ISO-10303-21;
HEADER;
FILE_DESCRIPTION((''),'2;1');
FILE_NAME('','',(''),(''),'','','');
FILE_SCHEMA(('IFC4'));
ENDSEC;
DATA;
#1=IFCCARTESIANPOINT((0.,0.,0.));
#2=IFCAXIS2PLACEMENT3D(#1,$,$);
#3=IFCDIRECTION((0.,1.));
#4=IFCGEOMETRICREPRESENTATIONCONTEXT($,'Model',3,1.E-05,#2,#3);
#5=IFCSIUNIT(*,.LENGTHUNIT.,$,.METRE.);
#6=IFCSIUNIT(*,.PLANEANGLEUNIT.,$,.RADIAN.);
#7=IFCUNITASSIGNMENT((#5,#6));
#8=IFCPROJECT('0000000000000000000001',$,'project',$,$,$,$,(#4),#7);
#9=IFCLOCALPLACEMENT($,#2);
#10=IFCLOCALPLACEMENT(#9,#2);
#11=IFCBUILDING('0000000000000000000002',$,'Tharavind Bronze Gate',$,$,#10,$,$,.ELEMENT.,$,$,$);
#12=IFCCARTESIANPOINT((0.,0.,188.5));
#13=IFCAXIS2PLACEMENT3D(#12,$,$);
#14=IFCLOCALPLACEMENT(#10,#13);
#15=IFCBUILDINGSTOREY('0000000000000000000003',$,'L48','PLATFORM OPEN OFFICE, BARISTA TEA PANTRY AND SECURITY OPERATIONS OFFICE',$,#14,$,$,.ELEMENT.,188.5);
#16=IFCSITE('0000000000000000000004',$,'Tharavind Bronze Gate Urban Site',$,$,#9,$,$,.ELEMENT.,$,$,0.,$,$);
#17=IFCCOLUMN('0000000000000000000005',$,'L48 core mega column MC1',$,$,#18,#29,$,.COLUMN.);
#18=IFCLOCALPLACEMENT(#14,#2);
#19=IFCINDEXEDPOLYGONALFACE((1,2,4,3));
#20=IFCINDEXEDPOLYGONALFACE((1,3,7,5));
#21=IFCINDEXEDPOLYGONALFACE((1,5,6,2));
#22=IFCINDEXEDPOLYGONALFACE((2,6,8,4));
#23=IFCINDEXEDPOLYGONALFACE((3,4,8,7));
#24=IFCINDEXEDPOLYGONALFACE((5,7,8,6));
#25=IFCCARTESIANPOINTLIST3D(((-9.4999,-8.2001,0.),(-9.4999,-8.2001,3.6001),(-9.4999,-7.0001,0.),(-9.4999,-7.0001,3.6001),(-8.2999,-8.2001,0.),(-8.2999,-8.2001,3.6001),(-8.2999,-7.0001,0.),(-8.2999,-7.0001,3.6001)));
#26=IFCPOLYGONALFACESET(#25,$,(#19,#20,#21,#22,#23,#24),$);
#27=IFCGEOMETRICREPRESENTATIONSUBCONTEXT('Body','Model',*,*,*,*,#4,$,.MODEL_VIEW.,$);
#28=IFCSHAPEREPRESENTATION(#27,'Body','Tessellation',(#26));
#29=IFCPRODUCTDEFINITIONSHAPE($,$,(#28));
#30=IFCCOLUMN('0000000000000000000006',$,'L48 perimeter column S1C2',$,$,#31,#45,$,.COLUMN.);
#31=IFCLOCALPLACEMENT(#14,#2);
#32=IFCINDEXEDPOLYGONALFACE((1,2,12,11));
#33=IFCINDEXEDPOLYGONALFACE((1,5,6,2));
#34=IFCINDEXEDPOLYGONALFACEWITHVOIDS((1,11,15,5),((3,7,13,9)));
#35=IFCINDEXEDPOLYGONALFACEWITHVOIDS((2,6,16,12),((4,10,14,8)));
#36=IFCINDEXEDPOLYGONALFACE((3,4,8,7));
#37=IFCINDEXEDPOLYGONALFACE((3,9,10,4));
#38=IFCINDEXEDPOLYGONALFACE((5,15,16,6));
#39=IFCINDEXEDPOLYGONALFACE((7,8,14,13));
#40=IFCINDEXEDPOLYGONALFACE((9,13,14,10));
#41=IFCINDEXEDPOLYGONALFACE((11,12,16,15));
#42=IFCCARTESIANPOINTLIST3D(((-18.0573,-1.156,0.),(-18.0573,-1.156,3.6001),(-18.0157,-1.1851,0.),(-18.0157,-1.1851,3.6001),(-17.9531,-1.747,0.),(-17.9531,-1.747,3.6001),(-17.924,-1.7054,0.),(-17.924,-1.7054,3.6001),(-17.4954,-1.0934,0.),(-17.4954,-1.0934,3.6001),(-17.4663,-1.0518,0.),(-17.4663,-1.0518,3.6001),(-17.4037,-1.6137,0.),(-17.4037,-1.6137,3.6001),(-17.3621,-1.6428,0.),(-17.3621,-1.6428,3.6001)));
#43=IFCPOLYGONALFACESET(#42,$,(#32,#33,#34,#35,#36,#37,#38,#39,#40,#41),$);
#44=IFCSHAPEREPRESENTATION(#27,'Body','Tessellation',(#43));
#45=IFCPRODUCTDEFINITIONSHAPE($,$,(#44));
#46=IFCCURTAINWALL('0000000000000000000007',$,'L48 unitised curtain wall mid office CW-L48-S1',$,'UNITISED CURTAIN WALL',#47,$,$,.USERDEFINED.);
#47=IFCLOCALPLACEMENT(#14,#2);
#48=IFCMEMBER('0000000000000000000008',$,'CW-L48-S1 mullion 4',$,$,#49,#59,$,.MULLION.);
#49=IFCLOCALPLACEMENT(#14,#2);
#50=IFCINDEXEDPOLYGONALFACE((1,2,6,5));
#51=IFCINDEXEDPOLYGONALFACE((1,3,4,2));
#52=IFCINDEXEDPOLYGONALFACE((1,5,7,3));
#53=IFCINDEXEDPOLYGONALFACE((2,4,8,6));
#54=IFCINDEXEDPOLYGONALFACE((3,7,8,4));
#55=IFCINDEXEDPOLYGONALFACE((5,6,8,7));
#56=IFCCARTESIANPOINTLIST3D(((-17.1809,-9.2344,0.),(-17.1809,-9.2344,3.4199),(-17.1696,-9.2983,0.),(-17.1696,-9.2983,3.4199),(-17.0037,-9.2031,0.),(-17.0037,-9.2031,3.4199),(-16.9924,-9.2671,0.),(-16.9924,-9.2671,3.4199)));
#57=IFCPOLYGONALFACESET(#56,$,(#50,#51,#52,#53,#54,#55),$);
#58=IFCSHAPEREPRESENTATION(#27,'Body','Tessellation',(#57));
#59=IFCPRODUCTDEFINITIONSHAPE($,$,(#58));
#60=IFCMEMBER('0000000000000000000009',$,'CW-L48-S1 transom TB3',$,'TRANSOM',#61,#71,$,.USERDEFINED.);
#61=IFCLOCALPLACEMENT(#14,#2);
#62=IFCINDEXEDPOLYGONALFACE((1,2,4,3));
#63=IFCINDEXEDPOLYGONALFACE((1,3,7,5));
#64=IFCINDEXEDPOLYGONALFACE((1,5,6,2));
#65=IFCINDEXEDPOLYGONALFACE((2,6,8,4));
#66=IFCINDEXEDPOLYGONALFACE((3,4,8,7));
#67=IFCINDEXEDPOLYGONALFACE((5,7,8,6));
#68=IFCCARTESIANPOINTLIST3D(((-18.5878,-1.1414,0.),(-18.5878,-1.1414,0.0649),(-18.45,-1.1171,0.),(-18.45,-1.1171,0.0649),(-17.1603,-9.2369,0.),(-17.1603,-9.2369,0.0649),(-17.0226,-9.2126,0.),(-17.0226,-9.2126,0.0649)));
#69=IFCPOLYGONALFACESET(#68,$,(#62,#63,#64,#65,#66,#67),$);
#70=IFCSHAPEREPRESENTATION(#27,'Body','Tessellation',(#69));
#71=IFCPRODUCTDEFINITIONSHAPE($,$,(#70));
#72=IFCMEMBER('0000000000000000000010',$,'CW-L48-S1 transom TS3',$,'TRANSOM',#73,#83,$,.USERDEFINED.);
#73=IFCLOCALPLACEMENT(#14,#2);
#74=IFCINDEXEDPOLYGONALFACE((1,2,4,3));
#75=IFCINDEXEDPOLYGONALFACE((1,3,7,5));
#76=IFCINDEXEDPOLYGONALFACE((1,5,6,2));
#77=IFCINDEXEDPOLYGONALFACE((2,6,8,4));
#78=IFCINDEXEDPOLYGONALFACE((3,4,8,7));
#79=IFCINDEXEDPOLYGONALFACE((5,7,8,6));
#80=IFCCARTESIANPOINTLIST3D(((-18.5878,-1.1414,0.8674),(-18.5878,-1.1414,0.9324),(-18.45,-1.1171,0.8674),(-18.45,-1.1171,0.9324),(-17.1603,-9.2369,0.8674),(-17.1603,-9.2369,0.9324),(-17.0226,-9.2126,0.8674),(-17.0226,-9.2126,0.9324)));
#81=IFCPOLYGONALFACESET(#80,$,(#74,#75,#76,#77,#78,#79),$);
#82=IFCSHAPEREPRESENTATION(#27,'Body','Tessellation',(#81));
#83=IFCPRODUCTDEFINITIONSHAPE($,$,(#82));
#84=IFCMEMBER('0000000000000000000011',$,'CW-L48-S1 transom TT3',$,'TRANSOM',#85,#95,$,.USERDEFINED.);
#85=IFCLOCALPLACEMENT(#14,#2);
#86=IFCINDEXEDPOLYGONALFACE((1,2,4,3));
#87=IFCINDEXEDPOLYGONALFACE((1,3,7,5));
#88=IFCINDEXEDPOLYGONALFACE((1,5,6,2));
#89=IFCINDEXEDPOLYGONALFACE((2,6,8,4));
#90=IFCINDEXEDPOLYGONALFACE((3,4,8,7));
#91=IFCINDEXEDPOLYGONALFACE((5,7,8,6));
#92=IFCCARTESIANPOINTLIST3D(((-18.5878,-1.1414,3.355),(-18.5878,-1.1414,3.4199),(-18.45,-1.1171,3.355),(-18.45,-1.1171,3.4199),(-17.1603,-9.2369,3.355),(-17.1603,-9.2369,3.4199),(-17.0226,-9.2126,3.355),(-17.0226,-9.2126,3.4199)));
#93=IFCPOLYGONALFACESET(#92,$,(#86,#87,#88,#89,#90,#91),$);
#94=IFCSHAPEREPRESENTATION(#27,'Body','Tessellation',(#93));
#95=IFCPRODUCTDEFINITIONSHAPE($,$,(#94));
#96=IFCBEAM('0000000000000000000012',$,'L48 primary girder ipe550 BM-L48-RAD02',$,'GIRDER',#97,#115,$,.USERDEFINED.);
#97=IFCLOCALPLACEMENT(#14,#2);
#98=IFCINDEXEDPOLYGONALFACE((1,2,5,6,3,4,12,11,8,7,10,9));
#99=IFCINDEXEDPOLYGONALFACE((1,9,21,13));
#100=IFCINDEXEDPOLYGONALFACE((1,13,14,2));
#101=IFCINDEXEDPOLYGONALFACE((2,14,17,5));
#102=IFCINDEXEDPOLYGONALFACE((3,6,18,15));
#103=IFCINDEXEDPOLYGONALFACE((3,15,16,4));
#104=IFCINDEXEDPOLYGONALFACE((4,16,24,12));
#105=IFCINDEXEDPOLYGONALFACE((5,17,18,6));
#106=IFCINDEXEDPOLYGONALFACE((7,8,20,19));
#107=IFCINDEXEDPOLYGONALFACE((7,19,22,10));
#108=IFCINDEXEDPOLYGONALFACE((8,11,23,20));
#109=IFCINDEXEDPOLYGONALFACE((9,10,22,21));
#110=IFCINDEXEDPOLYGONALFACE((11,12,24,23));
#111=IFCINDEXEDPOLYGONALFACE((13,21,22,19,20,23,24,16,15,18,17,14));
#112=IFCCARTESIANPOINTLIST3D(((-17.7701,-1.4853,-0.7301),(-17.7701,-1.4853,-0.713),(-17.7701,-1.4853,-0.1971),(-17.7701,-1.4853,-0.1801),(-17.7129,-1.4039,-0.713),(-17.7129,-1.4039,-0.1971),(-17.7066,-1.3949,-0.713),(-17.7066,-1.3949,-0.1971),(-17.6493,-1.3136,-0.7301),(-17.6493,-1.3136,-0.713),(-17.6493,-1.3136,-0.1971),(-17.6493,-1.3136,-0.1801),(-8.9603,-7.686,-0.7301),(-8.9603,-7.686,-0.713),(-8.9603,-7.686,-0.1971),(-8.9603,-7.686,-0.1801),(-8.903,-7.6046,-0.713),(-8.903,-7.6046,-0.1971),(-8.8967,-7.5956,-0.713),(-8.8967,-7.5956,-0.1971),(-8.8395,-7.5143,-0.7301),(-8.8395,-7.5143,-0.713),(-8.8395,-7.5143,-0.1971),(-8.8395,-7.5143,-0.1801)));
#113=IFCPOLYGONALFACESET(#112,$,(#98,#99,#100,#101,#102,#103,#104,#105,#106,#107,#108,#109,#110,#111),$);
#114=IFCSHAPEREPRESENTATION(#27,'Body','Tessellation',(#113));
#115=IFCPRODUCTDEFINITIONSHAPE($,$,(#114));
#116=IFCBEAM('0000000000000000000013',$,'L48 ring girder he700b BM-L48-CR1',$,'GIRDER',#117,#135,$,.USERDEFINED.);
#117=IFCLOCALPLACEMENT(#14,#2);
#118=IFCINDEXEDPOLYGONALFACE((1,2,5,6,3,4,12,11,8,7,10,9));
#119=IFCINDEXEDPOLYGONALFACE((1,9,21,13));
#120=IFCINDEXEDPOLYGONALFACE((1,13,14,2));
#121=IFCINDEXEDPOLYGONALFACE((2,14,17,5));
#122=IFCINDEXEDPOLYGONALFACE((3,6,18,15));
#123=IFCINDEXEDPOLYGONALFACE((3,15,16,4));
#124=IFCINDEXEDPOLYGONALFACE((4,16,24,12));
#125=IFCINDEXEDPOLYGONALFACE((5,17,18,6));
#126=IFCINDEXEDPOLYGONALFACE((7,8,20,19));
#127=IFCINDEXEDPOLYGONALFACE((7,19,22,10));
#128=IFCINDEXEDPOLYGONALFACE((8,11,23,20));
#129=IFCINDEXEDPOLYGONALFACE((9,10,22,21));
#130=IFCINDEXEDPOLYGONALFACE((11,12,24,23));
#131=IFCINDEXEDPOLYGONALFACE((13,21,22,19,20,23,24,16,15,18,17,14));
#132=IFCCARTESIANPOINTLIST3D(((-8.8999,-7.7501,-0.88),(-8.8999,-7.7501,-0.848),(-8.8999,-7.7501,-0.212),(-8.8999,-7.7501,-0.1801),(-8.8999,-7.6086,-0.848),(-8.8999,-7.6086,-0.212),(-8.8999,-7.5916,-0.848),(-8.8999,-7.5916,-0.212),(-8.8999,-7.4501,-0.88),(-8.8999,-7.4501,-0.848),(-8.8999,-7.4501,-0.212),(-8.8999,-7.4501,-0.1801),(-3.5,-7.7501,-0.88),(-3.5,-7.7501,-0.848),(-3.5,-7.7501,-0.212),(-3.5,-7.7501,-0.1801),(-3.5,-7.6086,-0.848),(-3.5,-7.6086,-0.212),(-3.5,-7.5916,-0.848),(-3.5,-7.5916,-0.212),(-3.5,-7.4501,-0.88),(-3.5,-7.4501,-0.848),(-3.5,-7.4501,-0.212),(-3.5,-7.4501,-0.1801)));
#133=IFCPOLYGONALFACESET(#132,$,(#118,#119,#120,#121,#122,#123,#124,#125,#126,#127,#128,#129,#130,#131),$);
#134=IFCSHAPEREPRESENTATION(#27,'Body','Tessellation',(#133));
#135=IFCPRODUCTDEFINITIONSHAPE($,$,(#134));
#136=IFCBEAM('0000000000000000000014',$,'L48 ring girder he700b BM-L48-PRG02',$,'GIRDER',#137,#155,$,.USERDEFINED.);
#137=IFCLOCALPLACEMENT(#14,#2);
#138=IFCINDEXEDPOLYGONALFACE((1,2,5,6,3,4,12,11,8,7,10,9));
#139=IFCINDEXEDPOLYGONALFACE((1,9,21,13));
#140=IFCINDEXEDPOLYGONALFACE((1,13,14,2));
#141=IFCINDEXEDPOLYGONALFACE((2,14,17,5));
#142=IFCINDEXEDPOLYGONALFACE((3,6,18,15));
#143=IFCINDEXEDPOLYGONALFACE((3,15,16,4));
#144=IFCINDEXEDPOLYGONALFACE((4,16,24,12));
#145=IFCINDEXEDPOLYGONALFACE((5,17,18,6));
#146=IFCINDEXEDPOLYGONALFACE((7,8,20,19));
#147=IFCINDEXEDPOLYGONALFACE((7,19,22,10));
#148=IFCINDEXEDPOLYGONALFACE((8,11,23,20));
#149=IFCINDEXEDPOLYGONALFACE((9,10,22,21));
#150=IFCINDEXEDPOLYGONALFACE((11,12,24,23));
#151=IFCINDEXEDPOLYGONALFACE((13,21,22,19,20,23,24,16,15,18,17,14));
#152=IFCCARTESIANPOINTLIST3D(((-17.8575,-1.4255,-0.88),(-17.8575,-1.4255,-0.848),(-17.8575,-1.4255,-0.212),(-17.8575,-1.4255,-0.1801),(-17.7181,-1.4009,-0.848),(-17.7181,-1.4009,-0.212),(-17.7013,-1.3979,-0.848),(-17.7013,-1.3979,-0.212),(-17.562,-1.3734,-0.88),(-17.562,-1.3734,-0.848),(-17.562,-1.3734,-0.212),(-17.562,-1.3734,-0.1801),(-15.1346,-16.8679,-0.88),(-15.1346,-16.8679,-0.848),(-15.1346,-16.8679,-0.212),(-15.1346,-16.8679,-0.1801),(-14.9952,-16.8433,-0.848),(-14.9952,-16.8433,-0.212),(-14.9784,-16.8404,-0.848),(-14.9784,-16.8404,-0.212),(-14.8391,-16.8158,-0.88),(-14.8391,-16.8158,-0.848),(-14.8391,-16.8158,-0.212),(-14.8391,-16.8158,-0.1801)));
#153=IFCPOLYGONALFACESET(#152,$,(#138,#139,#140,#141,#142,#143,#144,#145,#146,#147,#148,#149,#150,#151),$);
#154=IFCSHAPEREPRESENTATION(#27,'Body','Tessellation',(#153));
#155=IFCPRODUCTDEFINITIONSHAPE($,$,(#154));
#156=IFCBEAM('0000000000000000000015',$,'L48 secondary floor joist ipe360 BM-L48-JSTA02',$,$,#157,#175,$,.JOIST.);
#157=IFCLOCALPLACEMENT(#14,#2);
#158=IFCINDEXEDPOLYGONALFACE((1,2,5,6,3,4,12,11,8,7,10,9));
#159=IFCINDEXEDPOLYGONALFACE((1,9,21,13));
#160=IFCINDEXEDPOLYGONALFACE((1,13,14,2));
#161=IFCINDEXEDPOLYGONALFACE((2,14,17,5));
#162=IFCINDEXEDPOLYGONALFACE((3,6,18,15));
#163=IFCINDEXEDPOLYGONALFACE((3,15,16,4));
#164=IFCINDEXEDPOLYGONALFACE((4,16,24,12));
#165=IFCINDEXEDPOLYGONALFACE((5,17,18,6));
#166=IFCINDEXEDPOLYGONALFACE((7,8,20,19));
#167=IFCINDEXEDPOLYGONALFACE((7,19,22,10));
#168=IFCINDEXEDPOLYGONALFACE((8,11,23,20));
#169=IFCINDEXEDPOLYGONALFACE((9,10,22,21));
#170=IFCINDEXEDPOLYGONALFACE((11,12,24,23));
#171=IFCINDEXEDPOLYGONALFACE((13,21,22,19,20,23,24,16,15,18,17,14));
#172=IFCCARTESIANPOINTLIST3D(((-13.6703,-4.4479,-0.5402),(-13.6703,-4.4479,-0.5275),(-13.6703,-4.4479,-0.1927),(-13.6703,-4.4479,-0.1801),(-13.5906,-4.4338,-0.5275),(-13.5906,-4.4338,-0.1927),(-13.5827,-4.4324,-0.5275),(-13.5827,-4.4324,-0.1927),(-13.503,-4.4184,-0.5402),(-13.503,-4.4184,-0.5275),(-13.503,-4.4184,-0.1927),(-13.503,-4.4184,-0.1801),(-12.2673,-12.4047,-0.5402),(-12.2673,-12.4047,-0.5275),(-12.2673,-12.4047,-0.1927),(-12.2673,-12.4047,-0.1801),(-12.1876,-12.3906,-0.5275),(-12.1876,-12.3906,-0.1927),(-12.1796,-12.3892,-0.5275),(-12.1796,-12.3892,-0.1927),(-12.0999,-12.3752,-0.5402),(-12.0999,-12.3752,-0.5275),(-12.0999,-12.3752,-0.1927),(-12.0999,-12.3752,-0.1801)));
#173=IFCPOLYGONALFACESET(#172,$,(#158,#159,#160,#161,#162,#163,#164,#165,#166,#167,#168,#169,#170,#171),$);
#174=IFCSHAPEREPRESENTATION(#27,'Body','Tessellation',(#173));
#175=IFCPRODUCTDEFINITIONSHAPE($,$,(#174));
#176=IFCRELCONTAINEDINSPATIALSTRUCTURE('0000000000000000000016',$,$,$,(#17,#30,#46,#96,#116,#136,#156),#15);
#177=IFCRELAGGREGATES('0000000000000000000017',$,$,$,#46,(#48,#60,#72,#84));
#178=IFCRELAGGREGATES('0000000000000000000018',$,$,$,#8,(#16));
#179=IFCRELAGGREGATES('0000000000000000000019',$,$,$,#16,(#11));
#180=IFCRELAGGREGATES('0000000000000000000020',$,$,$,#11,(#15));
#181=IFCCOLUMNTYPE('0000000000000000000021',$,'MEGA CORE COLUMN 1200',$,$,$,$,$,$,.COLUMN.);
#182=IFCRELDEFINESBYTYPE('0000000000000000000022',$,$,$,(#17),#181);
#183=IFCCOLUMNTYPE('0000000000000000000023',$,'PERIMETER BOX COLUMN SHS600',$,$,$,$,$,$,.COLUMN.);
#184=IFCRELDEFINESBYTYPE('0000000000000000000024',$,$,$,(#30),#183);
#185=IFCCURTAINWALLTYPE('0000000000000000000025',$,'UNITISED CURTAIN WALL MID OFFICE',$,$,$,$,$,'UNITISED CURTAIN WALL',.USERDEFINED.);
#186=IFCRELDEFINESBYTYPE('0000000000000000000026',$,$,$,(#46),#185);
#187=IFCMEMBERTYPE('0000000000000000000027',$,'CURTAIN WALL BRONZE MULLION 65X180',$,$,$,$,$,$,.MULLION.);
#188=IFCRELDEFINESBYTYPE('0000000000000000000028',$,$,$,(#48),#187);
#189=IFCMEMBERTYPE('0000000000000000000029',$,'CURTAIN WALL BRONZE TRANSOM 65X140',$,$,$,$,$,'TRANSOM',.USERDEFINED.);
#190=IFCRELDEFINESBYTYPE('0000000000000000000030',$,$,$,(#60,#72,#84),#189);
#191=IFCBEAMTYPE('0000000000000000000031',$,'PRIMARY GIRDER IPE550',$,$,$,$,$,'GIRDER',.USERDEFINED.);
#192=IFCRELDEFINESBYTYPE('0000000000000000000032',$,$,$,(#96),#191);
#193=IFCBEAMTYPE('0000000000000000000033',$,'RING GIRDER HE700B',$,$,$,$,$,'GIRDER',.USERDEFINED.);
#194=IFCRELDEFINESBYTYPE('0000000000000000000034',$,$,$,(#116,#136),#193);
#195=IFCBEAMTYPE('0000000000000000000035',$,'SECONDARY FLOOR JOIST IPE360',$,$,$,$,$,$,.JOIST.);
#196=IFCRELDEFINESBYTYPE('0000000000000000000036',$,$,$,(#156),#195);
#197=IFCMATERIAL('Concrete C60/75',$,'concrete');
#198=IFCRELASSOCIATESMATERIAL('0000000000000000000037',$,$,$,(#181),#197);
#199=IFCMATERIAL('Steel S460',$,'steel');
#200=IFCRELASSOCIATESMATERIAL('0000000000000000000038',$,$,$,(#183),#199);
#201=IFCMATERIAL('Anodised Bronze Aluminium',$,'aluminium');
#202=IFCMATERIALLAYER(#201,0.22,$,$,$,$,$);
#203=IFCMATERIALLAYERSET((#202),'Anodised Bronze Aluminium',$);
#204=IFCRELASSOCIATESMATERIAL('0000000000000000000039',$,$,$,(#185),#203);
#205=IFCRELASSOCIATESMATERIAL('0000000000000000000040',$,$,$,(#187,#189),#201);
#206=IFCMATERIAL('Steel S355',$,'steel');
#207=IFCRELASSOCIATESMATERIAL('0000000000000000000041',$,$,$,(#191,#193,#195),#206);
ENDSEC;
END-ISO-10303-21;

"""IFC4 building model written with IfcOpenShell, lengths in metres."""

from ifc_helpers import new_model, si_unit, direction, frame, origin, origin_2d, place, context, subcontext, project, spatial, rectangle, hollow_rectangle, i_section, extrude, material, layer, layer_set, material_profile, profile_set, type_object, element, aggregate, save


model = new_model("IFC4")

# Units and contexts
model_context = context("Model", 3, precision=1e-05, world=origin(), true_north=direction((0.0, 1.0)))
body_context = subcontext(model_context, "Body", "Model", "MODEL_VIEW")
ifc_project = project(units=[si_unit("LENGTHUNIT", "METRE"), si_unit("PLANEANGLEUNIT", "RADIAN")], contexts=[model_context])

# Site, building, storey
site_placement = place(None, origin())
site = spatial("IfcSite", under=ifc_project, at=site_placement, Name="Tharavind Bronze Gate Urban Site", CompositionType="ELEMENT", RefElevation=0.0)
building_placement = place(site_placement, origin())
building = spatial("IfcBuilding", under=site, at=building_placement, Name="Tharavind Bronze Gate", CompositionType="ELEMENT")
storey_placement = place(building_placement, frame((0.0, 0.0, 188.5)))
storey = spatial("IfcBuildingStorey", under=building, at=storey_placement, Name="L48", Description="PLATFORM OPEN OFFICE, BARISTA TEA PANTRY AND SECURITY OPERATIONS OFFICE", CompositionType="ELEMENT", Elevation=188.5)

# Columns
ifc_material_1 = material(Name="Concrete C60/75", Category="concrete")
ifc_material_profile_1 = material_profile(ifc_material_1, rectangle(XDim=1.2, YDim=1.2, at=origin_2d()), Name="RCCOL1200")
ifc_profile_set_1 = profile_set([ifc_material_profile_1], Name="Concrete C60/75")
column_type_1 = type_object("IfcColumnType", Name="MEGA CORE COLUMN 1200", PredefinedType="COLUMN", material=ifc_profile_set_1)
column_1_placement = place(storey_placement, frame((-8.8999, -7.6001, 0.0), z_axis=(0.0, 0.0, 1.0), x_axis=(1.0, 0.0, 0.0)))
element("IfcColumn", 1, at=column_1_placement, inside=storey, type_object=column_type_1, Name="L48 core mega column MC1", PredefinedType="COLUMN", context=body_context, shape_type="SweptSolid", body=[
    extrude(rectangle(XDim=1.2, YDim=1.2, at=origin_2d()), origin(), (0.0, 0.0, 1.0), 3.6001),
])
ifc_material_2 = material(Name="Steel S460", Category="steel")
ifc_material_profile_2 = material_profile(ifc_material_2, hollow_rectangle(XDim=0.6001, YDim=0.6001, WallThickness=0.0359, at=origin_2d()), Name="SHS600X36")
ifc_profile_set_2 = profile_set([ifc_material_profile_2], Name="Steel S460")
column_type_2 = type_object("IfcColumnType", Name="PERIMETER BOX COLUMN SHS600", PredefinedType="COLUMN", material=ifc_profile_set_2)
column_2_placement = place(storey_placement, frame((-17.7097, -1.3994, 0.0), z_axis=(0.0, 0.0, 1.0), x_axis=(-0.173648, 0.984808, 0.0)))
element("IfcColumn", 2, at=column_2_placement, inside=storey, type_object=column_type_2, Name="L48 perimeter column S1C2", PredefinedType="COLUMN", context=body_context, shape_type="SweptSolid", body=[
    extrude(hollow_rectangle(XDim=0.6001, YDim=0.6001, WallThickness=0.0359, at=origin_2d()), origin(), (0.0, 0.0, 1.0), 3.6001),
])

# Curtain wall, members
ifc_material_3 = material(Name="Anodised Bronze Aluminium", Category="aluminium")
ifc_layer_1 = layer(ifc_material_3, 0.22)
ifc_layer_set_1 = layer_set([ifc_layer_1], Name="Anodised Bronze Aluminium")
curtain_wall_type = type_object("IfcCurtainWallType", Name="UNITISED CURTAIN WALL MID OFFICE", ElementType="UNITISED CURTAIN WALL", PredefinedType="USERDEFINED", material=ifc_layer_set_1)
curtain_wall_placement = place(storey_placement, origin())
curtain_wall = element("IfcCurtainWall", 3, at=curtain_wall_placement, inside=storey, type_object=curtain_wall_type, Name="L48 unitised curtain wall mid office CW-L48-S1", ObjectType="UNITISED CURTAIN WALL", PredefinedType="USERDEFINED")
member_type_1 = type_object("IfcMemberType", Name="CURTAIN WALL BRONZE MULLION 65X180", PredefinedType="MULLION", material=ifc_material_3)
member_1_placement = place(storey_placement, frame((-17.0867, -9.2507, 0.0), z_axis=(0.0, 0.0, 1.0), x_axis=(0.173648, -0.984808, 0.0)))
member_1 = element("IfcMember", 4, at=member_1_placement, type_object=member_type_1, Name="CW-L48-S1 mullion 4", PredefinedType="MULLION", context=body_context, shape_type="SweptSolid", body=[
    extrude(rectangle(XDim=0.0649, YDim=0.1799, at=origin_2d()), origin(), (0.0, 0.0, 1.0), 3.4199),
])
member_type_2 = type_object("IfcMemberType", Name="CURTAIN WALL BRONZE TRANSOM 65X140", ElementType="TRANSOM", PredefinedType="USERDEFINED", material=ifc_material_3)
member_2_placement = place(storey_placement, frame((-17.8052, -5.177, 0.0), z_axis=(0.0, 0.0, 1.0), x_axis=(0.173648, -0.984808, 0.0)))
member_2 = element("IfcMember", 5, at=member_2_placement, type_object=member_type_2, Name="CW-L48-S1 transom TB3", ObjectType="TRANSOM", PredefinedType="USERDEFINED", context=body_context, shape_type="SweptSolid", body=[
    extrude(rectangle(XDim=8.2205, YDim=0.1399, at=origin_2d()), origin(), (0.0, 0.0, 1.0), 0.0649),
])
member_3_placement = place(storey_placement, frame((-17.8052, -5.177, 0.8674), z_axis=(0.0, 0.0, 1.0), x_axis=(0.173648, -0.984808, 0.0)))
member_3 = element("IfcMember", 6, at=member_3_placement, type_object=member_type_2, Name="CW-L48-S1 transom TS3", ObjectType="TRANSOM", PredefinedType="USERDEFINED", context=body_context, shape_type="SweptSolid", body=[
    extrude(rectangle(XDim=8.2205, YDim=0.1399, at=origin_2d()), origin(), (0.0, 0.0, 1.0), 0.0649),
])
member_4_placement = place(storey_placement, frame((-17.8052, -5.177, 3.355), z_axis=(0.0, 0.0, 1.0), x_axis=(0.173648, -0.984808, 0.0)))
member_4 = element("IfcMember", 7, at=member_4_placement, type_object=member_type_2, Name="CW-L48-S1 transom TT3", ObjectType="TRANSOM", PredefinedType="USERDEFINED", context=body_context, shape_type="SweptSolid", body=[
    extrude(rectangle(XDim=8.2205, YDim=0.1399, at=origin_2d()), origin(), (0.0, 0.0, 1.0), 0.0649),
])

# Beams
ifc_material_4 = material(Name="Steel S355", Category="steel")
ifc_material_profile_3 = material_profile(ifc_material_4, i_section(OverallWidth=0.21, OverallDepth=0.55, WebThickness=0.011, FlangeThickness=0.0171, at=origin_2d()), Name="IPE550")
ifc_profile_set_3 = profile_set([ifc_material_profile_3], Name="Steel S355")
beam_type_1 = type_object("IfcBeamType", Name="PRIMARY GIRDER IPE550", ElementType="GIRDER", PredefinedType="USERDEFINED", material=ifc_profile_set_3)
beam_1_placement = place(storey_placement, frame((-17.7097, -1.3994, -0.4551), z_axis=(0.817755, -0.575567, 0.0), x_axis=(0.575567, 0.817755, 0.0)))
element("IfcBeam", 8, at=beam_1_placement, inside=storey, type_object=beam_type_1, Name="L48 primary girder ipe550 BM-L48-RAD02", ObjectType="GIRDER", PredefinedType="USERDEFINED", context=body_context, shape_type="SweptSolid", body=[
    extrude(i_section(OverallWidth=0.21, OverallDepth=0.55, WebThickness=0.011, FlangeThickness=0.0171, at=origin_2d()), origin(), (0.0, 0.0, 1.0), 10.7732),
])
ifc_material_profile_4 = material_profile(ifc_material_4, i_section(OverallWidth=0.3, OverallDepth=0.7, WebThickness=0.0171, FlangeThickness=0.032, at=origin_2d()), Name="HE700B")
ifc_profile_set_4 = profile_set([ifc_material_profile_4], Name="Steel S355")
beam_type_2 = type_object("IfcBeamType", Name="RING GIRDER HE700B", ElementType="GIRDER", PredefinedType="USERDEFINED", material=ifc_profile_set_4)
beam_2_placement = place(storey_placement, frame((-8.8999, -7.6001, -0.53), z_axis=(1.0, 0.0, 0.0), x_axis=(0.0, 1.0, 0.0)))
element("IfcBeam", 9, at=beam_2_placement, inside=storey, type_object=beam_type_2, Name="L48 ring girder he700b BM-L48-CR1", ObjectType="GIRDER", PredefinedType="USERDEFINED", context=body_context, shape_type="SweptSolid", body=[
    extrude(i_section(OverallWidth=0.3, OverallDepth=0.7, WebThickness=0.0171, FlangeThickness=0.032, at=origin_2d()), origin(), (0.0, 0.0, 1.0), 5.3999),
])
beam_3_placement = place(storey_placement, frame((-17.7097, -1.3994, -0.53), z_axis=(0.173648, -0.984808, 0.0), x_axis=(0.984808, 0.173648, 0.0)))
element("IfcBeam", 10, at=beam_3_placement, inside=storey, type_object=beam_type_2, Name="L48 ring girder he700b BM-L48-PRG02", ObjectType="GIRDER", PredefinedType="USERDEFINED", context=body_context, shape_type="SweptSolid", body=[
    extrude(i_section(OverallWidth=0.3, OverallDepth=0.7, WebThickness=0.0171, FlangeThickness=0.032, at=origin_2d()), origin(), (0.0, 0.0, 1.0), 15.6807),
])
ifc_material_profile_5 = material_profile(ifc_material_4, i_section(OverallWidth=0.1699, OverallDepth=0.3601, WebThickness=0.0081, FlangeThickness=0.0127, at=origin_2d()), Name="IPE360")
ifc_profile_set_5 = profile_set([ifc_material_profile_5], Name="Steel S355")
beam_type_3 = type_object("IfcBeamType", Name="SECONDARY FLOOR JOIST IPE360", PredefinedType="JOIST", material=ifc_profile_set_5)
beam_4_placement = place(storey_placement, frame((-13.5867, -4.4331, -0.3601), z_axis=(0.173658, -0.984806, 0.0), x_axis=(0.984806, 0.173658, 0.0)))
element("IfcBeam", 11, at=beam_4_placement, inside=storey, type_object=beam_type_3, Name="L48 secondary floor joist ipe360 BM-L48-JSTA02", PredefinedType="JOIST", context=body_context, shape_type="SweptSolid", body=[
    extrude(i_section(OverallWidth=0.1699, OverallDepth=0.3601, WebThickness=0.0081, FlangeThickness=0.0127, at=origin_2d()), origin(), (0.0, 0.0, 1.0), 8.0796),
])

aggregate(curtain_wall, [member_1, member_2, member_3, member_4])

save(model, "model.ifc")
